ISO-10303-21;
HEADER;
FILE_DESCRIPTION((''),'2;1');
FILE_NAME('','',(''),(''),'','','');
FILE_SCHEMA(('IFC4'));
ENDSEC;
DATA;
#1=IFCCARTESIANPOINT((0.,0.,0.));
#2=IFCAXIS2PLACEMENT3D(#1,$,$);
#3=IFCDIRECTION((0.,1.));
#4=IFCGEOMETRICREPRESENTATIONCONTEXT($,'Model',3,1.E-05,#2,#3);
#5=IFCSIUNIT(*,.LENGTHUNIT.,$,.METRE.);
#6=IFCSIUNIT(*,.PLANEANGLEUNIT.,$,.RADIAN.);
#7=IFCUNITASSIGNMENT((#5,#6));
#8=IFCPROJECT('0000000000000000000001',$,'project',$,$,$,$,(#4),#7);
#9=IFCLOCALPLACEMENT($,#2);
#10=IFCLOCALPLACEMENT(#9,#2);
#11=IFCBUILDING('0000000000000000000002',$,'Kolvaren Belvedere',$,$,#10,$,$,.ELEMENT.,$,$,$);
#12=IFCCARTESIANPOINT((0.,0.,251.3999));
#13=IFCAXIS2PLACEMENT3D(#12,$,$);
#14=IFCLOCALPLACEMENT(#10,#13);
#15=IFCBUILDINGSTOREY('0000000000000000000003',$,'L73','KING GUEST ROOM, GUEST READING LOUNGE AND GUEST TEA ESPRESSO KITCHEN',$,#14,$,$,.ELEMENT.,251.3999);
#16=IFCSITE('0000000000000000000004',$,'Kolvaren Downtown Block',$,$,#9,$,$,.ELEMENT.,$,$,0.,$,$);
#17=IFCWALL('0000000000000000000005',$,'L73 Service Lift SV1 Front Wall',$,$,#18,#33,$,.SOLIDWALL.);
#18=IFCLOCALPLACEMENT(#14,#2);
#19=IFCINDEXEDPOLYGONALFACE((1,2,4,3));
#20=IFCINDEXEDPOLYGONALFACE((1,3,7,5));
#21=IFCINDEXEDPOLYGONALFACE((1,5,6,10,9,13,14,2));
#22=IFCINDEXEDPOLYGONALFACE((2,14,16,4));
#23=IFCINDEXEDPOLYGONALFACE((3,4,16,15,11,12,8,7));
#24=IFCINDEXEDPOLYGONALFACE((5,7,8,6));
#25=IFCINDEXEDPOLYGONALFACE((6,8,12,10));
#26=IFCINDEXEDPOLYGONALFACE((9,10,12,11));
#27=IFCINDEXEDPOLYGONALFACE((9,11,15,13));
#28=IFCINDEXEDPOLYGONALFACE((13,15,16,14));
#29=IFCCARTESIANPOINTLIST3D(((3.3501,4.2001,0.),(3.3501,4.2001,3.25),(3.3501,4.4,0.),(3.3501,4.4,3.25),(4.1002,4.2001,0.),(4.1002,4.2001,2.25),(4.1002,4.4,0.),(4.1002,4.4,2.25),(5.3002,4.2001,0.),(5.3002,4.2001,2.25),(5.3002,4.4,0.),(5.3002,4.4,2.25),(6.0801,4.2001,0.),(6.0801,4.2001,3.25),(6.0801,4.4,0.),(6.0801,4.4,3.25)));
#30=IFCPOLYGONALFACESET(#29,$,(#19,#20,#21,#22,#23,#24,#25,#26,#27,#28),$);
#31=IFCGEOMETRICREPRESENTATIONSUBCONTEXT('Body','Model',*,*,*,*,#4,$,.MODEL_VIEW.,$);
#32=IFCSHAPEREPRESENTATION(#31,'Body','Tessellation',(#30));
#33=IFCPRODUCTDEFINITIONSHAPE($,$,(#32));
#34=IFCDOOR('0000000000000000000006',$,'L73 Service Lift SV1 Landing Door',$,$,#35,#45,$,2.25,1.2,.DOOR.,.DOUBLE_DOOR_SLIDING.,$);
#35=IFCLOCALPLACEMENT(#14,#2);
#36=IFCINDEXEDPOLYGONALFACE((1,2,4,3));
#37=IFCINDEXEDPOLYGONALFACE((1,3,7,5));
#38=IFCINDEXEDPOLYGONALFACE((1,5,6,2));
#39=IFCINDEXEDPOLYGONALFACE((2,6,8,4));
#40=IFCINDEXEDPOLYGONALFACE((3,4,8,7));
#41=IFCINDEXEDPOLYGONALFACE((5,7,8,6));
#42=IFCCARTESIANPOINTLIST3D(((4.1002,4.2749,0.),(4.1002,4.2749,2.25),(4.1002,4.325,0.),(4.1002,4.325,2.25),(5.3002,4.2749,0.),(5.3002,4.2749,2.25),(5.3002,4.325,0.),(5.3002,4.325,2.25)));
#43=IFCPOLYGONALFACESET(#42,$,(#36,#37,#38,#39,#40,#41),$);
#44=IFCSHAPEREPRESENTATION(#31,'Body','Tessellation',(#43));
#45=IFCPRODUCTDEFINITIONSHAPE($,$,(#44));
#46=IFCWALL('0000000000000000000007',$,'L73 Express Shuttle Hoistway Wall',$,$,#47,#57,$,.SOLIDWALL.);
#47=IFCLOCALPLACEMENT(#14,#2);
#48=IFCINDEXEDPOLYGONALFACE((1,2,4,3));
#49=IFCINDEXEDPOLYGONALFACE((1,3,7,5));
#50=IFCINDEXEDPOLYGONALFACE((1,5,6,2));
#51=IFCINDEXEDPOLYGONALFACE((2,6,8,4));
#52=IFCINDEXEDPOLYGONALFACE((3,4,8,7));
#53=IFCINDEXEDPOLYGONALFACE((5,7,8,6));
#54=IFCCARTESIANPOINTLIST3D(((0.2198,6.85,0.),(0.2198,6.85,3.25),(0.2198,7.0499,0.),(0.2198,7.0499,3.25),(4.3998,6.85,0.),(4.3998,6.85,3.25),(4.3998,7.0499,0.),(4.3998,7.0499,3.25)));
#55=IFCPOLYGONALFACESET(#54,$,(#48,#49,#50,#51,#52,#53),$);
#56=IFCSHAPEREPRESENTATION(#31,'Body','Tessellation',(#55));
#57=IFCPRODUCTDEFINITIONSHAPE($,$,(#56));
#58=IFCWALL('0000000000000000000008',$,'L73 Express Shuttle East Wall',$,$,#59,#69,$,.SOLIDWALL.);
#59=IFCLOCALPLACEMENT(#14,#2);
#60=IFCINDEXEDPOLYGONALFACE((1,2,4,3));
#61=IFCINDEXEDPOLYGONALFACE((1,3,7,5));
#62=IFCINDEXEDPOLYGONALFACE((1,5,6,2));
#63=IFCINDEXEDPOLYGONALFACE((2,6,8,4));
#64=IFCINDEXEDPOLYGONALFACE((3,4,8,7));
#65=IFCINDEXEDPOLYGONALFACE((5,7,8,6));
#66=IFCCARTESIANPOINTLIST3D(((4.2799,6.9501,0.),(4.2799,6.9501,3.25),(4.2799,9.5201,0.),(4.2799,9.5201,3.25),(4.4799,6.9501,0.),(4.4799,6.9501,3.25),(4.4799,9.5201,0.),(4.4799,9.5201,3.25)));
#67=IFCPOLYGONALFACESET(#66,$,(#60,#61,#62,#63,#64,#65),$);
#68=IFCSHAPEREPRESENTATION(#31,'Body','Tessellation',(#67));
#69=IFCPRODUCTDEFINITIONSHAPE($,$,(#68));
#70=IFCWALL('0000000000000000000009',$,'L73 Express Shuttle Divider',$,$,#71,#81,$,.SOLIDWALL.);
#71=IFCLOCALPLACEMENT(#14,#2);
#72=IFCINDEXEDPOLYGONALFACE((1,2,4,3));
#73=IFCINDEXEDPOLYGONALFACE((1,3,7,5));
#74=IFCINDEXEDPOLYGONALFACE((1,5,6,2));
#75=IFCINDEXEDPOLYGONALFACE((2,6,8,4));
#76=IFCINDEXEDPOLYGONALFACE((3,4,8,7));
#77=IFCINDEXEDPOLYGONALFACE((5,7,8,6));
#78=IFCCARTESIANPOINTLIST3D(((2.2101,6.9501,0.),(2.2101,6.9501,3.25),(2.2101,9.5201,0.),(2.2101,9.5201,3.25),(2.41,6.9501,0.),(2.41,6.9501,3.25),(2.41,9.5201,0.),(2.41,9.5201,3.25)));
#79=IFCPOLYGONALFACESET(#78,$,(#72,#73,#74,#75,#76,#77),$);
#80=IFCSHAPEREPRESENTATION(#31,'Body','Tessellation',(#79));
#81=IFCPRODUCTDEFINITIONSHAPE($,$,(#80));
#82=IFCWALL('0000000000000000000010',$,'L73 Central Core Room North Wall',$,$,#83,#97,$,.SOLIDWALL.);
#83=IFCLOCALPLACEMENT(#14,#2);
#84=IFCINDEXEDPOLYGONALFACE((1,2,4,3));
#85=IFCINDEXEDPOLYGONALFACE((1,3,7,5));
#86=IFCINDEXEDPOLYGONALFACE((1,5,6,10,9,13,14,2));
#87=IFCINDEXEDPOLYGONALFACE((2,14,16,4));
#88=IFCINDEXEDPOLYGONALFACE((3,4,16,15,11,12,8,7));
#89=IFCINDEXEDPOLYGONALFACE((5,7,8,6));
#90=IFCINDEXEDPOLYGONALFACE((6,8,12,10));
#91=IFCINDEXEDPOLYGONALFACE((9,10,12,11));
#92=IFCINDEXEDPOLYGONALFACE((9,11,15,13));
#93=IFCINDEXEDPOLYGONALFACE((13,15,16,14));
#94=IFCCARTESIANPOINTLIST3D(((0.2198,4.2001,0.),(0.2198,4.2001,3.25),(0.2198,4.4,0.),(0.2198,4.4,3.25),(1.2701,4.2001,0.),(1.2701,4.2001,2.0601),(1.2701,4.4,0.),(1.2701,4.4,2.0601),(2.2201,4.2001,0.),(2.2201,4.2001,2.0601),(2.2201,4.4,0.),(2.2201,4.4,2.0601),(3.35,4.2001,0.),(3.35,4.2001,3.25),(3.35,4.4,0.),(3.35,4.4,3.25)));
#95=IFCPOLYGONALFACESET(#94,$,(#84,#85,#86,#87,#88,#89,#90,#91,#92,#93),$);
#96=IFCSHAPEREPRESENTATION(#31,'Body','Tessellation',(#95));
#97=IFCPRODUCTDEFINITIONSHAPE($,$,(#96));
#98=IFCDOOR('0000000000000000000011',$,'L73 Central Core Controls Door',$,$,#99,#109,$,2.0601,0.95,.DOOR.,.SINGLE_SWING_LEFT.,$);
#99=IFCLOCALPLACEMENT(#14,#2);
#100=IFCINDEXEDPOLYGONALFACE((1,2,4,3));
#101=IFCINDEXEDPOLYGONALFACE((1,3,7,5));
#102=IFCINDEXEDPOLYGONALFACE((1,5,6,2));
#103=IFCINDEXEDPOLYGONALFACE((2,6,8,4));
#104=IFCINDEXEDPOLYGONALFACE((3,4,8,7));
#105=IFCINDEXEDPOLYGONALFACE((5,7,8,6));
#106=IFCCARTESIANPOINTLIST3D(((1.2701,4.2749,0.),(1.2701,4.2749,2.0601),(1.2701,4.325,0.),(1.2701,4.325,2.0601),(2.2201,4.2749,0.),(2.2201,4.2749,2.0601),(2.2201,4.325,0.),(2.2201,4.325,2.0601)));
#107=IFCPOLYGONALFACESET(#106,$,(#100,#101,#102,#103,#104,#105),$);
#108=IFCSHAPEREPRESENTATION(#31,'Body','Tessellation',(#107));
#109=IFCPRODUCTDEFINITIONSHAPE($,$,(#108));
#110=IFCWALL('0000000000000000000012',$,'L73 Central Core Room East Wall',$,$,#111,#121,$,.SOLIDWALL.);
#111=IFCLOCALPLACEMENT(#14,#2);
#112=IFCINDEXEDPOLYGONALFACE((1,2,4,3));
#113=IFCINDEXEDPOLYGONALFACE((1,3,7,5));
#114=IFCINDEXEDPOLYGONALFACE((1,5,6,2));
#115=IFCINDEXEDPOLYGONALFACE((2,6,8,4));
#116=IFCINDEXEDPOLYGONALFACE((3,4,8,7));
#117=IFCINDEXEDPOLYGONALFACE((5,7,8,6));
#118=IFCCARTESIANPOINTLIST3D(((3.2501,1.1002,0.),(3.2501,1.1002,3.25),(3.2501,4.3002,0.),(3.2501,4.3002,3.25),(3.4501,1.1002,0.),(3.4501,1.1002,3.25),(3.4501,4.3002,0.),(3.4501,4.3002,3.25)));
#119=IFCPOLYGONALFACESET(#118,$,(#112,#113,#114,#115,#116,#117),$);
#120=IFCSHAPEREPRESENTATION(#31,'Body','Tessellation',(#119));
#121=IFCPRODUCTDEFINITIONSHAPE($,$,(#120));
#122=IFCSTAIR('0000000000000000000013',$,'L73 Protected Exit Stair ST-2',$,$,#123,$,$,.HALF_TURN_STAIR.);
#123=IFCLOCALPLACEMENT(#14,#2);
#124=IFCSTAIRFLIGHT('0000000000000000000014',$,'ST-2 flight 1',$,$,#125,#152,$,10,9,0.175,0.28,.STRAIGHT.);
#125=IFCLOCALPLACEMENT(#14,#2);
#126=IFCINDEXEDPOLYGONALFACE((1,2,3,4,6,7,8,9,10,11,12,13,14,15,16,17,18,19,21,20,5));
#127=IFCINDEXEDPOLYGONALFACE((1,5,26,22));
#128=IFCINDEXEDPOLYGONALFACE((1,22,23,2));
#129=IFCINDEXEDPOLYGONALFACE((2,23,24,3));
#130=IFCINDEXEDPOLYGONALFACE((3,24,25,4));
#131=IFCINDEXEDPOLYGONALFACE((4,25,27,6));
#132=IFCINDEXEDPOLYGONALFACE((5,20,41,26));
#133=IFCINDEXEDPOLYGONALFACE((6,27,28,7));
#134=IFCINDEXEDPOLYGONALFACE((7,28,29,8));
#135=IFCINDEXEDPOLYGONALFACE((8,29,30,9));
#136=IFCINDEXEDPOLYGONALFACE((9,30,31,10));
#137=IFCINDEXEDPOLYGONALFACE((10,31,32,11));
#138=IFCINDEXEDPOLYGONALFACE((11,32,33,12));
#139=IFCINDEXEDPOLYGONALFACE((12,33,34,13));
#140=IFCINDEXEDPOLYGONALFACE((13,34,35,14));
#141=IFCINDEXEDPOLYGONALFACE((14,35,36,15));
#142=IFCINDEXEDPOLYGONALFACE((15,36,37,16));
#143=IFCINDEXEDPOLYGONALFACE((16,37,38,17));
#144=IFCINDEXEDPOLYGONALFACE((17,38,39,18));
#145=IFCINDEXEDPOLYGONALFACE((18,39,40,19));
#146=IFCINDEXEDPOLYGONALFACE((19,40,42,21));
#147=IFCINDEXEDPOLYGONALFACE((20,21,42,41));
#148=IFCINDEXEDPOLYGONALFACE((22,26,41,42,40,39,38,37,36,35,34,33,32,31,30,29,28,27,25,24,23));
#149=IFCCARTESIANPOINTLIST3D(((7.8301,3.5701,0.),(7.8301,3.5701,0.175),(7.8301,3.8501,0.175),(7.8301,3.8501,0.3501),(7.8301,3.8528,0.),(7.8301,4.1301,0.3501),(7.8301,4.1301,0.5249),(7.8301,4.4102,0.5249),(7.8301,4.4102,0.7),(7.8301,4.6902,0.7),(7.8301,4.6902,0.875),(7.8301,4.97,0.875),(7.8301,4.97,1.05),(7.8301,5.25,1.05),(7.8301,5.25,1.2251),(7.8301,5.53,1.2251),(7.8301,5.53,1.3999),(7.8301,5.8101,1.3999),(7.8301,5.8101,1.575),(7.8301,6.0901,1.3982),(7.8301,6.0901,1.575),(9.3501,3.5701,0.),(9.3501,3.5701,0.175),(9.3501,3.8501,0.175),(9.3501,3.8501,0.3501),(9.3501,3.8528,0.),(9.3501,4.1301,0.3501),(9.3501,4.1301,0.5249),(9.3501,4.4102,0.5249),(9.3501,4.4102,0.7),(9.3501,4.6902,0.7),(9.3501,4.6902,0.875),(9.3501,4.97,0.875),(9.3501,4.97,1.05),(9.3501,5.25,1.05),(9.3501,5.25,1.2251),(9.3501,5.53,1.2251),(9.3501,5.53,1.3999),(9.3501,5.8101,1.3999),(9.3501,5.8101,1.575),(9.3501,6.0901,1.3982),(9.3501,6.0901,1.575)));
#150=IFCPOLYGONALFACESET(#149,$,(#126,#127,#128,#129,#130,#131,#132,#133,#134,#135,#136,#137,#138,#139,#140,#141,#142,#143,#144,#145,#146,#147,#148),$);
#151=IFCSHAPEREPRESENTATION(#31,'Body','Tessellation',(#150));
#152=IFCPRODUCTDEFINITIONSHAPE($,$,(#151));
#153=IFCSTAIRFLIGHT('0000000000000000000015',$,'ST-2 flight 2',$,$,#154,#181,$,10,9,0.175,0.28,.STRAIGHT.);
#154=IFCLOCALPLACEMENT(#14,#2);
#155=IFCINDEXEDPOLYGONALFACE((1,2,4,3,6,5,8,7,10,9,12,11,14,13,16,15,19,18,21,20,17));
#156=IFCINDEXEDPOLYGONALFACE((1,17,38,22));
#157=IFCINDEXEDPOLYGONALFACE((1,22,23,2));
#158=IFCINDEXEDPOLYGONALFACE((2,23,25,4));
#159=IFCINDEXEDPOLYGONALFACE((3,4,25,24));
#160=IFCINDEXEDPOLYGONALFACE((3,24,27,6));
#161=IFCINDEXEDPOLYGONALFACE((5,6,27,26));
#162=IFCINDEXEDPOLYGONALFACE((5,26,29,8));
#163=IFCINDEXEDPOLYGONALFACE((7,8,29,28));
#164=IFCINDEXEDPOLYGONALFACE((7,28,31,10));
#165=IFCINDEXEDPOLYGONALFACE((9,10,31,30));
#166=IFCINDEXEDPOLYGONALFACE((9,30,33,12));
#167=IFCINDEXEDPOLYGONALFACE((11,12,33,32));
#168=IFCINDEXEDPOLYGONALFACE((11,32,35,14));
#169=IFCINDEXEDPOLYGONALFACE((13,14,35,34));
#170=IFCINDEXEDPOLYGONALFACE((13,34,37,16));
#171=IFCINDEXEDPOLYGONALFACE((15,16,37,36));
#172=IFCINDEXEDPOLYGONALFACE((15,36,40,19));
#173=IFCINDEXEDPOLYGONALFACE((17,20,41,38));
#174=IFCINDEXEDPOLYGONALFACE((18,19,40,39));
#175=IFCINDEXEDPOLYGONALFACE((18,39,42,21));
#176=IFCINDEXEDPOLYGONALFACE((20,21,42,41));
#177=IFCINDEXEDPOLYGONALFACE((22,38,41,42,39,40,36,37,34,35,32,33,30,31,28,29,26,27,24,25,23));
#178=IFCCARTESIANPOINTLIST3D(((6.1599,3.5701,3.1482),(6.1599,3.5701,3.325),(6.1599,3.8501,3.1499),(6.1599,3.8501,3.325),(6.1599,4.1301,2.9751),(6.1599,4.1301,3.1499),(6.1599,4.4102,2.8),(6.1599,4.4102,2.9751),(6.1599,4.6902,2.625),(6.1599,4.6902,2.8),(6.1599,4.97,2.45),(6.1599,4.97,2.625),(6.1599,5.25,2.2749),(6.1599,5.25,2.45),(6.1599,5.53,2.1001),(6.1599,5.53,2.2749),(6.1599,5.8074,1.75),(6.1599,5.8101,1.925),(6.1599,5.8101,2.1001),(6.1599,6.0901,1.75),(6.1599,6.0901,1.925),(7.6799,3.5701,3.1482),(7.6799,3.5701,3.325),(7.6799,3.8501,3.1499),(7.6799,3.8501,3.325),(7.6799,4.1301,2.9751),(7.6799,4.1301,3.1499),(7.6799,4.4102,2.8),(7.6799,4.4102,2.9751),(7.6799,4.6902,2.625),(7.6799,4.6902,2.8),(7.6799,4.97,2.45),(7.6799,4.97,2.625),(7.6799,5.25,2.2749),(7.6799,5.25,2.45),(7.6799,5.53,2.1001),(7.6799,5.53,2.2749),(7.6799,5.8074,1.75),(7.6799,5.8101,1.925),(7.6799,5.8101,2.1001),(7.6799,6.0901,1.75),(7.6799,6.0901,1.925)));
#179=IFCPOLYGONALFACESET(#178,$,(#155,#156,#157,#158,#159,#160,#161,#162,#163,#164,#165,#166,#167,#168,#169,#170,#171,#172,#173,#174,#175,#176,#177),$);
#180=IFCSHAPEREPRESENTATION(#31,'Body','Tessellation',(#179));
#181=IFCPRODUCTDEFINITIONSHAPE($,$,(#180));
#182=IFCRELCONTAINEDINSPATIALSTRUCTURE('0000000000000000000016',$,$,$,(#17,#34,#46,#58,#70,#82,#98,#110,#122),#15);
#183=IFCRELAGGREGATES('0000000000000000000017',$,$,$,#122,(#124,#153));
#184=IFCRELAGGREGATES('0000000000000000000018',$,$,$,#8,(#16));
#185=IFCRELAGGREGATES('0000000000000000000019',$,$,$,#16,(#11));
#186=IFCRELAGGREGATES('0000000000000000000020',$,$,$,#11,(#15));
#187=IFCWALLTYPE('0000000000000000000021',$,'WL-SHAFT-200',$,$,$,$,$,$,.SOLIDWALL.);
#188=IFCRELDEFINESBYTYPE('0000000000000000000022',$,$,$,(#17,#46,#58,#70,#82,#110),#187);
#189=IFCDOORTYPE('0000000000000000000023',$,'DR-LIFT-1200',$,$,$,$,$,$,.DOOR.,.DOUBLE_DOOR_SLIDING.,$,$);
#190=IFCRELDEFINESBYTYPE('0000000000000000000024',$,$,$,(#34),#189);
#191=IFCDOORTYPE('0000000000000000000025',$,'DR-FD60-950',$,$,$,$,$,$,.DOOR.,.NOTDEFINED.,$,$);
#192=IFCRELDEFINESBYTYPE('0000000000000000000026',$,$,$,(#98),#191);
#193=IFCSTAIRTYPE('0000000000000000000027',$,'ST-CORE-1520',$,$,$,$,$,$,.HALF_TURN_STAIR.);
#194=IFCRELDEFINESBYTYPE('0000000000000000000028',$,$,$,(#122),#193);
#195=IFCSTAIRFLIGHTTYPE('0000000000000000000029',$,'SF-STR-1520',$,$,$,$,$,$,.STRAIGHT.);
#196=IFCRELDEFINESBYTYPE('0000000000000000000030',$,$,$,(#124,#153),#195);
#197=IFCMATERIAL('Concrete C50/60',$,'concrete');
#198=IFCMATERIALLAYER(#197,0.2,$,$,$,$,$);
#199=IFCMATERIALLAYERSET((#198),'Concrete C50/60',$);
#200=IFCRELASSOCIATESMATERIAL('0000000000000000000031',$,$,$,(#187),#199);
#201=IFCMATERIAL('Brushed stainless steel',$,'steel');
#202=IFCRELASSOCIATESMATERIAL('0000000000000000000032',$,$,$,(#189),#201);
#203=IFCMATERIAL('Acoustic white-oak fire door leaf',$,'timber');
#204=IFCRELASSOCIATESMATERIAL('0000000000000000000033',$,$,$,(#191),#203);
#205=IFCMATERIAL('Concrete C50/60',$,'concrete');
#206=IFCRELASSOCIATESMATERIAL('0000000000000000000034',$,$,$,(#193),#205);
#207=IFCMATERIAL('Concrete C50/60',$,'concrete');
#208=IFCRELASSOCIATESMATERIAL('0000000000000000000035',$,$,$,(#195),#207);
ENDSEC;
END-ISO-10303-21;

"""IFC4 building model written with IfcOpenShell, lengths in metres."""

from ifc_helpers import new_model, si_unit, direction, frame, frame_2d, origin, place, context, subcontext, project, spatial, polyline, rectangle, outline, extrude, material, layer, layer_set, type_object, element, fill, aggregate, save


model = new_model("IFC4")

# Units and contexts
model_context = context("Model", 3, precision=1e-05, world=origin(), true_north=direction((0.0, 1.0)))
body_context = subcontext(model_context, "Body", "Model", "MODEL_VIEW")
ifc_project = project(units=[si_unit("LENGTHUNIT", "METRE"), si_unit("PLANEANGLEUNIT", "RADIAN")], contexts=[model_context])

# Site, building, storey
site_placement = place(None, origin())
site = spatial("IfcSite", under=ifc_project, at=site_placement, Name="Kolvaren Downtown Block", CompositionType="ELEMENT", RefElevation=0.0)
building_placement = place(site_placement, origin())
building = spatial("IfcBuilding", under=site, at=building_placement, Name="Kolvaren Belvedere", CompositionType="ELEMENT")
storey_placement = place(building_placement, frame((0.0, 0.0, 251.3999)))
storey = spatial("IfcBuildingStorey", under=building, at=storey_placement, Name="L73", Description="KING GUEST ROOM, GUEST READING LOUNGE AND GUEST TEA ESPRESSO KITCHEN", CompositionType="ELEMENT", Elevation=251.3999)

# Shared definitions
ifc_material_1 = material(Name="Concrete C50/60", Category="concrete")
ifc_layer_1 = layer(ifc_material_1, 0.2)
ifc_layer_set_1 = layer_set([ifc_layer_1], Name="Concrete C50/60")
wall_type_1 = type_object("IfcWallType", Name="WL-SHAFT-200", PredefinedType="SOLIDWALL", material=ifc_layer_set_1)

# Wall, opening, door
wall_1_placement = place(storey_placement, frame((3.3501, 4.3, 0.0), z_axis=(0.0, 0.0, 1.0), x_axis=(1.0, 0.0, 0.0)))
wall_1 = element("IfcWall", 1, at=wall_1_placement, inside=storey, type_object=wall_type_1, Name="L73 Service Lift SV1 Front Wall", PredefinedType="SOLIDWALL", context=body_context, shape_type="SweptSolid", body=[
    extrude(rectangle(XDim=2.73, YDim=0.2, at=frame_2d((1.365, 0.0))), origin(), (0.0, 0.0, 1.0), 3.25),
])
opening_1_placement = place(wall_1_placement, frame((0.75, 0.0, 0.0)))
opening_1 = element("IfcOpeningElement", 2, at=opening_1_placement, cuts=wall_1, PredefinedType="OPENING", context=body_context, shape_type="SweptSolid", body=[
    extrude(rectangle(XDim=1.2, YDim=2.25, at=frame_2d((0.6001, 1.125))), frame((0.0, 0.1099, 0.0), z_axis=(0.0, -1.0, 0.0), x_axis=(1.0, 0.0, 0.0)), (0.0, 0.0, 1.0), 0.22),
])
ifc_material_2 = material(Name="Brushed stainless steel", Category="steel")
door_type_1 = type_object("IfcDoorType", Name="DR-LIFT-1200", OperationType="DOUBLE_DOOR_SLIDING", PredefinedType="DOOR", material=ifc_material_2)
door_1_placement = place(opening_1_placement, origin())
door_1 = element("IfcDoor", 3, at=door_1_placement, inside=storey, type_object=door_type_1, Name="L73 Service Lift SV1 Landing Door", OperationType="DOUBLE_DOOR_SLIDING", OverallHeight=2.25, OverallWidth=1.2, PredefinedType="DOOR", context=body_context, shape_type="SweptSolid", body=[
    extrude(rectangle(XDim=1.2, YDim=2.25, at=frame_2d((0.6001, 1.125))), frame((0.0, 0.0249, 0.0), z_axis=(0.0, -1.0, 0.0), x_axis=(1.0, 0.0, 0.0)), (0.0, 0.0, 1.0), 0.05),
])
fill(opening_1, door_1)

# Walls
wall_2_placement = place(storey_placement, frame((0.22, 6.95, 0.0), z_axis=(0.0, 0.0, 1.0), x_axis=(1.0, 0.0, 0.0)))
element("IfcWall", 4, at=wall_2_placement, inside=storey, type_object=wall_type_1, Name="L73 Express Shuttle Hoistway Wall", PredefinedType="SOLIDWALL", context=body_context, shape_type="SweptSolid", body=[
    extrude(rectangle(XDim=4.1799, YDim=0.2, at=frame_2d((2.0898, 0.0))), origin(), (0.0, 0.0, 1.0), 3.25),
])
for number, where, z_axis, x_axis, name in (
    (5, (4.3799, 6.95, 0.0), (0.0, 0.0, 1.0), (0.0, 1.0, 0.0), "L73 Express Shuttle East Wall"),
    (6, (2.3101, 6.95, 0.0), (0.0, 0.0, 1.0), (0.0, 1.0, 0.0), "L73 Express Shuttle Divider"),
):
    element("IfcWall", number, at=place(storey_placement, frame(where, z_axis=z_axis, x_axis=x_axis)), inside=storey, type_object=wall_type_1, Name=name, PredefinedType="SOLIDWALL", context=body_context, shape_type="SweptSolid", body=[
        extrude(rectangle(XDim=2.5701, YDim=0.2, at=frame_2d((1.2852, 0.0))), origin(), (0.0, 0.0, 1.0), 3.25),
    ])

# Wall, opening, door
wall_3_placement = place(storey_placement, frame((0.22, 4.3, 0.0), z_axis=(0.0, 0.0, 1.0), x_axis=(1.0, 0.0, 0.0)))
wall_3 = element("IfcWall", 7, at=wall_3_placement, inside=storey, type_object=wall_type_1, Name="L73 Central Core Room North Wall", PredefinedType="SOLIDWALL", context=body_context, shape_type="SweptSolid", body=[
    extrude(rectangle(XDim=3.1301, YDim=0.2, at=frame_2d((1.5649, 0.0))), origin(), (0.0, 0.0, 1.0), 3.25),
])
opening_2_placement = place(wall_3_placement, frame((1.05, 0.0, 0.0)))
opening_2 = element("IfcOpeningElement", 8, at=opening_2_placement, cuts=wall_3, PredefinedType="OPENING", context=body_context, shape_type="SweptSolid", body=[
    extrude(rectangle(XDim=0.95, YDim=2.0601, at=frame_2d((0.4751, 1.03))), frame((0.0, 0.1099, 0.0), z_axis=(0.0, -1.0, 0.0), x_axis=(1.0, 0.0, 0.0)), (0.0, 0.0, 1.0), 0.22),
])
ifc_material_3 = material(Name="Acoustic white-oak fire door leaf", Category="timber")
door_type_2 = type_object("IfcDoorType", Name="DR-FD60-950", OperationType="NOTDEFINED", PredefinedType="DOOR", material=ifc_material_3)
door_2_placement = place(opening_2_placement, origin())
door_2 = element("IfcDoor", 9, at=door_2_placement, inside=storey, type_object=door_type_2, Name="L73 Central Core Controls Door", OperationType="SINGLE_SWING_LEFT", OverallHeight=2.0601, OverallWidth=0.95, PredefinedType="DOOR", context=body_context, shape_type="SweptSolid", body=[
    extrude(rectangle(XDim=0.95, YDim=2.0601, at=frame_2d((0.4751, 1.03))), frame((0.0, 0.0249, 0.0), z_axis=(0.0, -1.0, 0.0), x_axis=(1.0, 0.0, 0.0)), (0.0, 0.0, 1.0), 0.05),
])
fill(opening_2, door_2)

# Wall
wall_4_placement = place(storey_placement, frame((3.3501, 1.1001, 0.0), z_axis=(0.0, 0.0, 1.0), x_axis=(0.0, 1.0, 0.0)))
element("IfcWall", 10, at=wall_4_placement, inside=storey, type_object=wall_type_1, Name="L73 Central Core Room East Wall", PredefinedType="SOLIDWALL", context=body_context, shape_type="SweptSolid", body=[
    extrude(rectangle(XDim=3.2, YDim=0.2, at=frame_2d((1.6001, 0.0))), origin(), (0.0, 0.0, 1.0), 3.25),
])

# Stair, stair flights
ifc_material_4 = material(Name="Concrete C50/60", Category="concrete")
stair_type = type_object("IfcStairType", Name="ST-CORE-1520", PredefinedType="HALF_TURN_STAIR", material=ifc_material_4)
stair_placement = place(storey_placement, origin())
stair = element("IfcStair", 11, at=stair_placement, inside=storey, type_object=stair_type, Name="L73 Protected Exit Stair ST-2", PredefinedType="HALF_TURN_STAIR")
ifc_material_5 = material(Name="Concrete C50/60", Category="concrete")
stair_flight_type = type_object("IfcStairFlightType", Name="SF-STR-1520", PredefinedType="STRAIGHT", material=ifc_material_5)
stair_flight_1_placement = place(storey_placement, frame((8.5901, 3.5701, 0.0), z_axis=(0.0, 0.0, 1.0), x_axis=(0.0, 1.0, 0.0)))
stair_flight_1 = element("IfcStairFlight", 12, at=stair_flight_1_placement, type_object=stair_flight_type, Name="ST-2 flight 1", NumberOfRisers=10, NumberOfTreads=9, PredefinedType="STRAIGHT", RiserHeight=0.175, TreadLength=0.28, context=body_context, shape_type="SweptSolid", body=[
    extrude(outline(polyline([(0.0, 0.0), (0.0, 0.175), (0.28, 0.175), (0.28, 0.3501), (0.5601, 0.3501), (0.5601, 0.5249), (0.8401, 0.5249), (0.8401, 0.7), (1.1201, 0.7), (1.1201, 0.875), (1.3999, 0.875), (1.3999, 1.05), (1.6799, 1.05), (1.6799, 1.2251), (1.96, 1.2251), (1.96, 1.3999), (2.24, 1.3999), (2.24, 1.575), (2.52, 1.575), (2.52, 1.75), (2.52, 1.3982), (0.2827, 0.0), (0.0, 0.0)])), frame((0.0, 0.76, 0.0), z_axis=(0.0, -1.0, 0.0), x_axis=(1.0, 0.0, 0.0)), (0.0, 0.0, 1.0), 1.52),
])
stair_flight_2_placement = place(storey_placement, frame((6.9199, 6.0901, 1.75), z_axis=(0.0, 0.0, 1.0), x_axis=(0.0, -1.0, 0.0)))
stair_flight_2 = element("IfcStairFlight", 13, at=stair_flight_2_placement, type_object=stair_flight_type, Name="ST-2 flight 2", NumberOfRisers=10, NumberOfTreads=9, PredefinedType="STRAIGHT", RiserHeight=0.175, TreadLength=0.28, context=body_context, shape_type="SweptSolid", body=[
    extrude(outline(polyline([(0.0, 0.0), (0.0, 0.175), (0.28, 0.175), (0.28, 0.3501), (0.5601, 0.3501), (0.5601, 0.5249), (0.8401, 0.5249), (0.8401, 0.7), (1.1201, 0.7), (1.1201, 0.875), (1.3999, 0.875), (1.3999, 1.05), (1.6799, 1.05), (1.6799, 1.2251), (1.96, 1.2251), (1.96, 1.3999), (2.24, 1.3999), (2.24, 1.575), (2.52, 1.575), (2.52, 1.75), (2.52, 1.3982), (0.2827, 0.0), (0.0, 0.0)])), frame((0.0, 0.76, 0.0), z_axis=(0.0, -1.0, 0.0), x_axis=(1.0, 0.0, 0.0)), (0.0, 0.0, 1.0), 1.52),
])
aggregate(stair, [stair_flight_1, stair_flight_2])

save(model, "model.ifc")
